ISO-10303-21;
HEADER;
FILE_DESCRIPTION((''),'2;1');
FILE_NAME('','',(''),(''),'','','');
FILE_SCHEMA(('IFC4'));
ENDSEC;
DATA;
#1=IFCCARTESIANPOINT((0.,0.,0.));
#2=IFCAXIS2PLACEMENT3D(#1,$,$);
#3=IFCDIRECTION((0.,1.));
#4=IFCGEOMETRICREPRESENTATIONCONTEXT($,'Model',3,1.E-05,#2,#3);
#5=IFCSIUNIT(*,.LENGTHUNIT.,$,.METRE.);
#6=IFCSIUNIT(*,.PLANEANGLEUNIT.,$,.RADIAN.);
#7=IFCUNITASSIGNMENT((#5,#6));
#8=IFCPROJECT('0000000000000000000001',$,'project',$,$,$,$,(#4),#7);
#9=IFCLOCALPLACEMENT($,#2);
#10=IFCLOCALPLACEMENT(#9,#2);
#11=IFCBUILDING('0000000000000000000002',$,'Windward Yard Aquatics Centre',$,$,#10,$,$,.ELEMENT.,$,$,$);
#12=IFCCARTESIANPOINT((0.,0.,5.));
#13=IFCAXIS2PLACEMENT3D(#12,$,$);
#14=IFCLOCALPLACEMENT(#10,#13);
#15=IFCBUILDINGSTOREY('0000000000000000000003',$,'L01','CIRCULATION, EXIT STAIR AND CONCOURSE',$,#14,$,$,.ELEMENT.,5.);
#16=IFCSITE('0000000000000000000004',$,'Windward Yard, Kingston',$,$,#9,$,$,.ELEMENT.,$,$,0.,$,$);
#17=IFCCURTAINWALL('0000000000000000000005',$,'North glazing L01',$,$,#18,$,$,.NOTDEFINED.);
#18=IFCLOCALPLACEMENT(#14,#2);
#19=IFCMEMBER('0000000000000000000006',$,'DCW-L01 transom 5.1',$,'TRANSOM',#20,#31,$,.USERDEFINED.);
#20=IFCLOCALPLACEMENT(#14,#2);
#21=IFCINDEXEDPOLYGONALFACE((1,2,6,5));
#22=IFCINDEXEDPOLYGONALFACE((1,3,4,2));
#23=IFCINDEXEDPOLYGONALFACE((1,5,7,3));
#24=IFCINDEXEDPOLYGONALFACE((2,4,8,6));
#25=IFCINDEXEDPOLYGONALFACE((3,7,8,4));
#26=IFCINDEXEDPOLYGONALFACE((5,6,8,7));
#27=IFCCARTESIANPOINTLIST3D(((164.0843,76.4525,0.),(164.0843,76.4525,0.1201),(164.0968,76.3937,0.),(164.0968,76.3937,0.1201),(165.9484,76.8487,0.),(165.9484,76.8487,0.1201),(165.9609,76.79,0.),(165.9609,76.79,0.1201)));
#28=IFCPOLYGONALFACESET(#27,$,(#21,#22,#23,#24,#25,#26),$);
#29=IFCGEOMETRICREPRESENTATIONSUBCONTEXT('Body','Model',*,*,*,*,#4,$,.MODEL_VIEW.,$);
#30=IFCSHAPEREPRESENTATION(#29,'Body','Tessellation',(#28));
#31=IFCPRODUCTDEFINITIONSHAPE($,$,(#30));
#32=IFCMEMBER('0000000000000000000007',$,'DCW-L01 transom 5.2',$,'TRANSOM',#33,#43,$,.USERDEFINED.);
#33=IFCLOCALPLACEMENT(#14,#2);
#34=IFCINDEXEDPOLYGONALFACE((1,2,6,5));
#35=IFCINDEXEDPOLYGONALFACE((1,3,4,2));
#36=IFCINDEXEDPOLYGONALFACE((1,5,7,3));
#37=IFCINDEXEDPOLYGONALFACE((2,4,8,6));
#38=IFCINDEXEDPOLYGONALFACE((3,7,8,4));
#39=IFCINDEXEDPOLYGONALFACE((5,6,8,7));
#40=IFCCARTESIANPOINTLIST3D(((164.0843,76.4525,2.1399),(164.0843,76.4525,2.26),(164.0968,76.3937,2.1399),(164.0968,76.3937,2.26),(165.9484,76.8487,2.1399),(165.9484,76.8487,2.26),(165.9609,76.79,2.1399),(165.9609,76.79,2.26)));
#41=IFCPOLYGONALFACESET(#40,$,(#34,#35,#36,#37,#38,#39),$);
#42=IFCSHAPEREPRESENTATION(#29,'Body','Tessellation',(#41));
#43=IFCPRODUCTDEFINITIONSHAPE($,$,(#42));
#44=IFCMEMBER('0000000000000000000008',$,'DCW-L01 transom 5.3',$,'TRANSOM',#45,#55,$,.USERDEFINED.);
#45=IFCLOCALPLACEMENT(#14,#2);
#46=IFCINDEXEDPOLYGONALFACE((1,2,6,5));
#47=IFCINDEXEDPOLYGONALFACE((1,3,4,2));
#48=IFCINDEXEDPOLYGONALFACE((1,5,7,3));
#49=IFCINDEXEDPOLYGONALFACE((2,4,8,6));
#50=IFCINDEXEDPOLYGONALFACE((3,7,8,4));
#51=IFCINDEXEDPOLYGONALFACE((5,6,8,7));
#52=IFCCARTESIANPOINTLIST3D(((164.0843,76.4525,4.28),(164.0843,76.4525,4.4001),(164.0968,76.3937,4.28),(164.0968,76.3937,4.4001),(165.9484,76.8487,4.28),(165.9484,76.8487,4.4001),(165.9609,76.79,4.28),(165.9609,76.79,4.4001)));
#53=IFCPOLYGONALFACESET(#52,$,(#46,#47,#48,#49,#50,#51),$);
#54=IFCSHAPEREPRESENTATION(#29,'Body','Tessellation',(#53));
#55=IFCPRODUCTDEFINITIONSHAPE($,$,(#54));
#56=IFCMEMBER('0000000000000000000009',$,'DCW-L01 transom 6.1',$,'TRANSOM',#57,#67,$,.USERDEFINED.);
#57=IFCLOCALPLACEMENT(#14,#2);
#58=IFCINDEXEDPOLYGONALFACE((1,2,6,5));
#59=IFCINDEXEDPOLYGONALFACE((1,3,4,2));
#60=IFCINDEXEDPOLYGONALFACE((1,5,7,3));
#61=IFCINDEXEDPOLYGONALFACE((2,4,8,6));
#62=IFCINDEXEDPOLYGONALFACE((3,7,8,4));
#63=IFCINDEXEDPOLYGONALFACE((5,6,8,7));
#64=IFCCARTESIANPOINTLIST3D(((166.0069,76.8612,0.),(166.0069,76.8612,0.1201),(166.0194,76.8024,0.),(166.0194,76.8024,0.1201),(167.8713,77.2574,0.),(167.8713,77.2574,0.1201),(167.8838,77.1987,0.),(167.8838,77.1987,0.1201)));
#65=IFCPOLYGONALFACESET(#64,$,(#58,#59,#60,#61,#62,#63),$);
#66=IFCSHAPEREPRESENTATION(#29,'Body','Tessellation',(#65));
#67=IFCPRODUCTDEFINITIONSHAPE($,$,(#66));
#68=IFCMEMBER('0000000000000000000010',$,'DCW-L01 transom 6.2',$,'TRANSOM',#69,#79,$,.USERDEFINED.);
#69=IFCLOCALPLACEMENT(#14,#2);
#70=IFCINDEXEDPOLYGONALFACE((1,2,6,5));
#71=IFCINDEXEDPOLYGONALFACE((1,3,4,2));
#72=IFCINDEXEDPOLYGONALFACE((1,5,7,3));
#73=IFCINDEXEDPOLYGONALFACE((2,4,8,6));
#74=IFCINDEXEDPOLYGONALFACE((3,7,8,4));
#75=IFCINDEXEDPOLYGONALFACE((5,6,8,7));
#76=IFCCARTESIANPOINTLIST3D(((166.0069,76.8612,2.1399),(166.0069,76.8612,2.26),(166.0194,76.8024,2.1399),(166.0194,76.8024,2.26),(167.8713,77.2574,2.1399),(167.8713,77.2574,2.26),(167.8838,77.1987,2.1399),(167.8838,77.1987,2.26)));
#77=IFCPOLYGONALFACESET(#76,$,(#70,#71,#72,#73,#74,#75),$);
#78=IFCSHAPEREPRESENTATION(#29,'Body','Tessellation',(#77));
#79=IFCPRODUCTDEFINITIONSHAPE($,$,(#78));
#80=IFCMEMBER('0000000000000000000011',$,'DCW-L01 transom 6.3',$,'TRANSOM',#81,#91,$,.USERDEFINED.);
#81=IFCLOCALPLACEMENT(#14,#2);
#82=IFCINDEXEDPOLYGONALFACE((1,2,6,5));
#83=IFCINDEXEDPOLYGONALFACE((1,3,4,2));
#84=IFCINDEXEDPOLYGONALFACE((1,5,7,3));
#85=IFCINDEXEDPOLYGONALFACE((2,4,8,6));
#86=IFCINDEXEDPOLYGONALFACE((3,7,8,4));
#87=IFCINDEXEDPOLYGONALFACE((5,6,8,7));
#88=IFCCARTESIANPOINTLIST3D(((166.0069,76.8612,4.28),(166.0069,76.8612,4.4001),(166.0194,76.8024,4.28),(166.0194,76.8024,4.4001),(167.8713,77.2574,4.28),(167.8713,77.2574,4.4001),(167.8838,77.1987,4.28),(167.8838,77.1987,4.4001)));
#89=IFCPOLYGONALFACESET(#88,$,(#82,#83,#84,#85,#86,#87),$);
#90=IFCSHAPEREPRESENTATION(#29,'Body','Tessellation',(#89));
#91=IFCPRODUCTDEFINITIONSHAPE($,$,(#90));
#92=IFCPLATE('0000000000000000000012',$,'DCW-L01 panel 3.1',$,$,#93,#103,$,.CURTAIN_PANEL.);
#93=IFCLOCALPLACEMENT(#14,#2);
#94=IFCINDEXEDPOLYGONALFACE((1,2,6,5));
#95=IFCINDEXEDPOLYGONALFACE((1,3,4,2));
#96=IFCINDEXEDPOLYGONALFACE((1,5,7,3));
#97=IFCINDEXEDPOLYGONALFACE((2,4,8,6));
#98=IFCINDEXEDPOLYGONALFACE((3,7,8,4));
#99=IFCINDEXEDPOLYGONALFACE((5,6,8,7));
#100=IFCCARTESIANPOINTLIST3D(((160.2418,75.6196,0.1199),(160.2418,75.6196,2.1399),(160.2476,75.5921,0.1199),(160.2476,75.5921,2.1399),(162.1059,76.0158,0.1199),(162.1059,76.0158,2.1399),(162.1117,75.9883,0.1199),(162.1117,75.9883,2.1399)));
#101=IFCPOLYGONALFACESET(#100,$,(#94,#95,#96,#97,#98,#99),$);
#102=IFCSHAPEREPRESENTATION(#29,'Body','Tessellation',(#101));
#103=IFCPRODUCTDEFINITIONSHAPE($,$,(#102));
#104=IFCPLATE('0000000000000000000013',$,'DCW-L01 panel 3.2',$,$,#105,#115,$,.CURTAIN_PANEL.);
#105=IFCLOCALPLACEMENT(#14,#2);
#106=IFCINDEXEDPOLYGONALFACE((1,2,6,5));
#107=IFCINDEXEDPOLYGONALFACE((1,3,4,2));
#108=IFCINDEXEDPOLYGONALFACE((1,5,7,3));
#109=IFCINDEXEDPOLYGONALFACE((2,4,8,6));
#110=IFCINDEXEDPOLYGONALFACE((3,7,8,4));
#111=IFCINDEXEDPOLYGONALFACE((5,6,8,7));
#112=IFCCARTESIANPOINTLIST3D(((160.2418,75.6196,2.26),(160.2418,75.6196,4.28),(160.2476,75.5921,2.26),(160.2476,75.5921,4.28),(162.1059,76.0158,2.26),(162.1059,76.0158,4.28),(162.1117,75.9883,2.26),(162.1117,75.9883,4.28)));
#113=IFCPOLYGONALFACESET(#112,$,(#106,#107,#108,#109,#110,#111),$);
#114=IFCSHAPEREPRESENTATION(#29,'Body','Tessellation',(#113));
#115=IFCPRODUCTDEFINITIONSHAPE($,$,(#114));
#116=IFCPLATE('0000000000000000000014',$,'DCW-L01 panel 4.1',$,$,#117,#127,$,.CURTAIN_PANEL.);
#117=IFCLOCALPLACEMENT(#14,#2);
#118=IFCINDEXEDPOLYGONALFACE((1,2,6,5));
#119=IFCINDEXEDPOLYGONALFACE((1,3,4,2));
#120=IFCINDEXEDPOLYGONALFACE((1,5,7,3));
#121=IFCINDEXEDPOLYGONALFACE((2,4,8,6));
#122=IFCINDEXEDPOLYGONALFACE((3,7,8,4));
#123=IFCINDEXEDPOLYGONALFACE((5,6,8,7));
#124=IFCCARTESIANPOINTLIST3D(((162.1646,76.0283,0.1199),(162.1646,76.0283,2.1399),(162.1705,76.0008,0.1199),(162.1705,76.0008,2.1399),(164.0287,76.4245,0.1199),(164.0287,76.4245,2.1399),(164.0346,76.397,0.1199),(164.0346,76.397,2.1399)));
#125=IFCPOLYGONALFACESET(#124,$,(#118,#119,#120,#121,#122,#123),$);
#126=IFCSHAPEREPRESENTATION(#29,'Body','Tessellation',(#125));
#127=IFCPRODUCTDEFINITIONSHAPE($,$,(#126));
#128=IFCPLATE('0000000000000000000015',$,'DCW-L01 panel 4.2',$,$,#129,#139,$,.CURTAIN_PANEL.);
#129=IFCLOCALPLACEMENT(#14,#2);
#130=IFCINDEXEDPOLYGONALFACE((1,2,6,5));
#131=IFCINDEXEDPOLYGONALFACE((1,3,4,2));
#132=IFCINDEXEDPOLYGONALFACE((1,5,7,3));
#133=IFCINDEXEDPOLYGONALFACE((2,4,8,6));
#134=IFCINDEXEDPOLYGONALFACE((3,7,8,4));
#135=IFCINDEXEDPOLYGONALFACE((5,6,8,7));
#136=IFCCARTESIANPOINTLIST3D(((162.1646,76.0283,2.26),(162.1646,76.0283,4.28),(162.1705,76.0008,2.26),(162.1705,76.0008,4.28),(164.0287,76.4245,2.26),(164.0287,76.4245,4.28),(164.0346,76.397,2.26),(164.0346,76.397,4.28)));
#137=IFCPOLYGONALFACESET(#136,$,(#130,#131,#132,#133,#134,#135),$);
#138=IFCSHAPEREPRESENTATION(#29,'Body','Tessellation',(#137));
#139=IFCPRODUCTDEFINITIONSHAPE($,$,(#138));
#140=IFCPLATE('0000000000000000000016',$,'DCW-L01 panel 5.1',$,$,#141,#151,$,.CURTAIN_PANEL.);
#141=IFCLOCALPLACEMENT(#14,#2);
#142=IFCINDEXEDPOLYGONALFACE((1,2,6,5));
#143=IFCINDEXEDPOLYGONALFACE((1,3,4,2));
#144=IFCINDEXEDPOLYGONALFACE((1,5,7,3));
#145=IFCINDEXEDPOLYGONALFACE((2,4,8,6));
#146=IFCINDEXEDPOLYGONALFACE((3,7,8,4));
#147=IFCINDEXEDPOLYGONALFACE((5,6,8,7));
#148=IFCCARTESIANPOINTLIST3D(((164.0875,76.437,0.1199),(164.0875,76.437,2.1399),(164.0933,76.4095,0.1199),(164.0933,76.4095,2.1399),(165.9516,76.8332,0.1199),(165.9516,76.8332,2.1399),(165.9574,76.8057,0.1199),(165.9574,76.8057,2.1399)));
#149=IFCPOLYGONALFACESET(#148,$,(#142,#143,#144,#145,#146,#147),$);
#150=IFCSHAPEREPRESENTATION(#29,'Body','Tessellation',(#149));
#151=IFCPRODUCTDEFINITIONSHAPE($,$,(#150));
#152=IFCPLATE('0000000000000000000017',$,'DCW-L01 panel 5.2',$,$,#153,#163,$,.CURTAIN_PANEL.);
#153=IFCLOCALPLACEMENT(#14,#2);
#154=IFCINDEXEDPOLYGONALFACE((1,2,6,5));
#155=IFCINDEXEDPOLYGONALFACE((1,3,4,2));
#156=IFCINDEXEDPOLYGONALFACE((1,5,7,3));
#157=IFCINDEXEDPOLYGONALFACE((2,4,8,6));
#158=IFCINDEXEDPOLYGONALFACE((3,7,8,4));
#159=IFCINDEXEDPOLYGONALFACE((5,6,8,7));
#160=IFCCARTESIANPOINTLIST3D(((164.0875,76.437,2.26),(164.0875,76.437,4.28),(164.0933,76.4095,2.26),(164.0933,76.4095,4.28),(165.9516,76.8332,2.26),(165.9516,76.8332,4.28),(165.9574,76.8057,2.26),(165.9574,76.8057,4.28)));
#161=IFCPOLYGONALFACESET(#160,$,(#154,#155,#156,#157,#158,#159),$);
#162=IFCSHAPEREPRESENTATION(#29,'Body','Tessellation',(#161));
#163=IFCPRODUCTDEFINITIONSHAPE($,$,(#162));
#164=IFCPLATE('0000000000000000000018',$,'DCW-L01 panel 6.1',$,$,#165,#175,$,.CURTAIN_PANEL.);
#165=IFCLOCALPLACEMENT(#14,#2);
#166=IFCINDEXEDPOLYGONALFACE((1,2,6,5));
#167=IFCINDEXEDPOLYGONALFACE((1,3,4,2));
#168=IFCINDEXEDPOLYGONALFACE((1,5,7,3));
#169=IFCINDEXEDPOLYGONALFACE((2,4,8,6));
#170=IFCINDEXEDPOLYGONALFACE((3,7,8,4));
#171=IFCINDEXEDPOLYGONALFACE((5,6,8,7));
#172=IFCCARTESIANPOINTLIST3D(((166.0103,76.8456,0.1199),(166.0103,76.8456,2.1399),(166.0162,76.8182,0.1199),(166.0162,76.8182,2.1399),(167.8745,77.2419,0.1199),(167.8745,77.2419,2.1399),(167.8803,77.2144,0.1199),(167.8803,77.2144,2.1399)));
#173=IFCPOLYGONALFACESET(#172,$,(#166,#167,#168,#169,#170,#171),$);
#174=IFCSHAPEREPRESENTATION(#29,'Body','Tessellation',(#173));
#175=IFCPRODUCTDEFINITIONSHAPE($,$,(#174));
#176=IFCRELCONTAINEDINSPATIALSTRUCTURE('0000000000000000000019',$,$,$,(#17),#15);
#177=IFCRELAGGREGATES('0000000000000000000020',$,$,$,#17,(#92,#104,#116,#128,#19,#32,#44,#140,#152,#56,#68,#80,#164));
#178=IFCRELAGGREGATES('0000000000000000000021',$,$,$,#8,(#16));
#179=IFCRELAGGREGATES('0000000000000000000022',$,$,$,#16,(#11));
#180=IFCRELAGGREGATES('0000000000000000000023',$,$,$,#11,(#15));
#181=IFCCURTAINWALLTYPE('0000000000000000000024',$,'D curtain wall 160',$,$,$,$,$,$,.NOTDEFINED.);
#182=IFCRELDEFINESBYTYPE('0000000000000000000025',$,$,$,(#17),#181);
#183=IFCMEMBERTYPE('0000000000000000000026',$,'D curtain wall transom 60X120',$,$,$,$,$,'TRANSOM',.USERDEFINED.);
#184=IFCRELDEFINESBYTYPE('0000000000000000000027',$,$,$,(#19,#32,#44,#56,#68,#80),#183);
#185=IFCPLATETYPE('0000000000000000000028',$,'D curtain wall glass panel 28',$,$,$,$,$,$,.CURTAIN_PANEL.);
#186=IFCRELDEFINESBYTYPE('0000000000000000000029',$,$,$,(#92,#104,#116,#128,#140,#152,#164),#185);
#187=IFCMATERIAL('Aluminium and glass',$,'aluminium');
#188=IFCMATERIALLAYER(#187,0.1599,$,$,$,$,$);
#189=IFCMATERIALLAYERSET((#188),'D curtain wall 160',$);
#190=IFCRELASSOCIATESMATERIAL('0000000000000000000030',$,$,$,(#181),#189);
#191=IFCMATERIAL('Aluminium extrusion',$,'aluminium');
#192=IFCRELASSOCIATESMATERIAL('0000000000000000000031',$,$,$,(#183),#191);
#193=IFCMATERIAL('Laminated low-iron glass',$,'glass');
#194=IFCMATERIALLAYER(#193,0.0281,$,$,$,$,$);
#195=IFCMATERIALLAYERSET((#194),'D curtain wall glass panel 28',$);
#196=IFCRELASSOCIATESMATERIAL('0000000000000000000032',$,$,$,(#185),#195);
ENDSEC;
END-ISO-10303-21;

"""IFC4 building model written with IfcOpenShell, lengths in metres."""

from ifc_helpers import new_model, si_unit, direction, frame, origin, origin_2d, place, context, subcontext, project, spatial, rectangle, extrude, material, layer, layer_set, material_profile, profile_set, type_object, element, aggregate, save


model = new_model("IFC4")

# Units and contexts
model_context = context("Model", 3, precision=1e-05, world=origin(), true_north=direction((0.0, 1.0)))
body_context = subcontext(model_context, "Body", "Model", "MODEL_VIEW")
ifc_project = project(units=[si_unit("LENGTHUNIT", "METRE"), si_unit("PLANEANGLEUNIT", "RADIAN")], contexts=[model_context])

# Site, building, storey
site_placement = place(None, origin())
site = spatial("IfcSite", under=ifc_project, at=site_placement, Name="Windward Yard, Kingston", CompositionType="ELEMENT", RefElevation=0.0)
building_placement = place(site_placement, origin())
building = spatial("IfcBuilding", under=site, at=building_placement, Name="Windward Yard Aquatics Centre", CompositionType="ELEMENT")
storey_placement = place(building_placement, frame((0.0, 0.0, 5.0)))
storey = spatial("IfcBuildingStorey", under=building, at=storey_placement, Name="L01", Description="CIRCULATION, EXIT STAIR AND CONCOURSE", CompositionType="ELEMENT", Elevation=5.0)

# Curtain wall, members, plates
ifc_material_1 = material(Name="Aluminium and glass", Category="aluminium")
ifc_layer_1 = layer(ifc_material_1, 0.1599)
ifc_layer_set_1 = layer_set([ifc_layer_1], Name="D curtain wall 160")
curtain_wall_type = type_object("IfcCurtainWallType", Name="D curtain wall 160", PredefinedType="NOTDEFINED", material=ifc_layer_set_1)
curtain_wall_placement = place(storey_placement, origin())
curtain_wall = element("IfcCurtainWall", 1, at=curtain_wall_placement, inside=storey, type_object=curtain_wall_type, Name="North glazing L01", PredefinedType="NOTDEFINED")
ifc_material_2 = material(Name="Aluminium extrusion", Category="aluminium")
ifc_material_profile_1 = material_profile(ifc_material_2, rectangle(XDim=0.0601, YDim=0.1201, at=origin_2d()), Name="TRANSOM 60X120")
ifc_profile_set_1 = profile_set([ifc_material_profile_1], Name="Aluminium extrusion")
member_type_1 = type_object("IfcMemberType", Name="D curtain wall transom 60X120", ElementType="TRANSOM", PredefinedType="USERDEFINED", material=ifc_profile_set_1)
member_1_placement = place(storey_placement, frame((164.0906, 76.4231, 0.0601), z_axis=(0.978144, 0.207928, 0.0), x_axis=(-0.207928, 0.978144, 0.0)))
member_1 = element("IfcMember", 2, at=member_1_placement, type_object=member_type_1, Name="DCW-L01 transom 5.1", ObjectType="TRANSOM", PredefinedType="USERDEFINED", context=body_context, shape_type="SweptSolid", body=[
    extrude(rectangle(XDim=0.0601, YDim=0.1201, at=origin_2d()), origin(), (0.0, 0.0, 1.0), 1.9058),
])
member_2_placement = place(storey_placement, frame((164.0906, 76.4231, 2.2), z_axis=(0.978144, 0.207928, 0.0), x_axis=(-0.207928, 0.978144, 0.0)))
member_2 = element("IfcMember", 3, at=member_2_placement, type_object=member_type_1, Name="DCW-L01 transom 5.2", ObjectType="TRANSOM", PredefinedType="USERDEFINED", context=body_context, shape_type="SweptSolid", body=[
    extrude(rectangle(XDim=0.0601, YDim=0.1201, at=origin_2d()), origin(), (0.0, 0.0, 1.0), 1.9058),
])
member_3_placement = place(storey_placement, frame((164.0906, 76.4231, 4.3401), z_axis=(0.978144, 0.207928, 0.0), x_axis=(-0.207928, 0.978144, 0.0)))
member_3 = element("IfcMember", 4, at=member_3_placement, type_object=member_type_1, Name="DCW-L01 transom 5.3", ObjectType="TRANSOM", PredefinedType="USERDEFINED", context=body_context, shape_type="SweptSolid", body=[
    extrude(rectangle(XDim=0.0601, YDim=0.1201, at=origin_2d()), origin(), (0.0, 0.0, 1.0), 1.9058),
])
member_4_placement = place(storey_placement, frame((166.0132, 76.8318, 0.0601), z_axis=(0.97815, 0.207902, 0.0), x_axis=(-0.207902, 0.97815, 0.0)))
member_4 = element("IfcMember", 5, at=member_4_placement, type_object=member_type_1, Name="DCW-L01 transom 6.1", ObjectType="TRANSOM", PredefinedType="USERDEFINED", context=body_context, shape_type="SweptSolid", body=[
    extrude(rectangle(XDim=0.0601, YDim=0.1201, at=origin_2d()), origin(), (0.0, 0.0, 1.0), 1.906),
])
member_5_placement = place(storey_placement, frame((166.0132, 76.8318, 2.2), z_axis=(0.97815, 0.207902, 0.0), x_axis=(-0.207902, 0.97815, 0.0)))
member_5 = element("IfcMember", 6, at=member_5_placement, type_object=member_type_1, Name="DCW-L01 transom 6.2", ObjectType="TRANSOM", PredefinedType="USERDEFINED", context=body_context, shape_type="SweptSolid", body=[
    extrude(rectangle(XDim=0.0601, YDim=0.1201, at=origin_2d()), origin(), (0.0, 0.0, 1.0), 1.906),
])
member_6_placement = place(storey_placement, frame((166.0132, 76.8318, 4.3401), z_axis=(0.97815, 0.207902, 0.0), x_axis=(-0.207902, 0.97815, 0.0)))
member_6 = element("IfcMember", 7, at=member_6_placement, type_object=member_type_1, Name="DCW-L01 transom 6.3", ObjectType="TRANSOM", PredefinedType="USERDEFINED", context=body_context, shape_type="SweptSolid", body=[
    extrude(rectangle(XDim=0.0601, YDim=0.1201, at=origin_2d()), origin(), (0.0, 0.0, 1.0), 1.906),
])
ifc_material_3 = material(Name="Laminated low-iron glass", Category="glass")
ifc_layer_2 = layer(ifc_material_3, 0.0281)
ifc_layer_set_2 = layer_set([ifc_layer_2], Name="D curtain wall glass panel 28")
plate_type = type_object("IfcPlateType", Name="D curtain wall glass panel 28", PredefinedType="CURTAIN_PANEL", material=ifc_layer_set_2)
plate_1_placement = place(storey_placement, frame((161.1768, 75.804, 0.1199), z_axis=(0.0, 0.0, 1.0), x_axis=(0.978148, 0.207912, 0.0)))
plate_1 = element("IfcPlate", 8, at=plate_1_placement, type_object=plate_type, Name="DCW-L01 panel 3.1", PredefinedType="CURTAIN_PANEL", context=body_context, shape_type="SweptSolid", body=[
    extrude(rectangle(XDim=1.9058, YDim=0.0281, at=origin_2d()), origin(), (0.0, 0.0, 1.0), 2.02),
])
plate_2_placement = place(storey_placement, frame((161.1768, 75.804, 2.26), z_axis=(0.0, 0.0, 1.0), x_axis=(0.978148, 0.207912, 0.0)))
plate_2 = element("IfcPlate", 9, at=plate_2_placement, type_object=plate_type, Name="DCW-L01 panel 3.2", PredefinedType="CURTAIN_PANEL", context=body_context, shape_type="SweptSolid", body=[
    extrude(rectangle(XDim=1.9058, YDim=0.0281, at=origin_2d()), origin(), (0.0, 0.0, 1.0), 2.02),
])
plate_3_placement = place(storey_placement, frame((163.0996, 76.2126, 0.1199), z_axis=(0.0, 0.0, 1.0), x_axis=(0.978148, 0.207912, 0.0)))
plate_3 = element("IfcPlate", 10, at=plate_3_placement, type_object=plate_type, Name="DCW-L01 panel 4.1", PredefinedType="CURTAIN_PANEL", context=body_context, shape_type="SweptSolid", body=[
    extrude(rectangle(XDim=1.9058, YDim=0.0281, at=origin_2d()), origin(), (0.0, 0.0, 1.0), 2.02),
])
plate_4_placement = place(storey_placement, frame((163.0996, 76.2126, 2.26), z_axis=(0.0, 0.0, 1.0), x_axis=(0.978148, 0.207912, 0.0)))
plate_4 = element("IfcPlate", 11, at=plate_4_placement, type_object=plate_type, Name="DCW-L01 panel 4.2", PredefinedType="CURTAIN_PANEL", context=body_context, shape_type="SweptSolid", body=[
    extrude(rectangle(XDim=1.9058, YDim=0.0281, at=origin_2d()), origin(), (0.0, 0.0, 1.0), 2.02),
])
plate_5_placement = place(storey_placement, frame((165.0225, 76.6213, 0.1199), z_axis=(0.0, 0.0, 1.0), x_axis=(0.978148, 0.207912, 0.0)))
plate_5 = element("IfcPlate", 12, at=plate_5_placement, type_object=plate_type, Name="DCW-L01 panel 5.1", PredefinedType="CURTAIN_PANEL", context=body_context, shape_type="SweptSolid", body=[
    extrude(rectangle(XDim=1.9058, YDim=0.0281, at=origin_2d()), origin(), (0.0, 0.0, 1.0), 2.02),
])
plate_6_placement = place(storey_placement, frame((165.0225, 76.6213, 2.26), z_axis=(0.0, 0.0, 1.0), x_axis=(0.978148, 0.207912, 0.0)))
plate_6 = element("IfcPlate", 13, at=plate_6_placement, type_object=plate_type, Name="DCW-L01 panel 5.2", PredefinedType="CURTAIN_PANEL", context=body_context, shape_type="SweptSolid", body=[
    extrude(rectangle(XDim=1.9058, YDim=0.0281, at=origin_2d()), origin(), (0.0, 0.0, 1.0), 2.02),
])
plate_7_placement = place(storey_placement, frame((166.9453, 77.03, 0.1199), z_axis=(0.0, 0.0, 1.0), x_axis=(0.978148, 0.207912, 0.0)))
plate_7 = element("IfcPlate", 14, at=plate_7_placement, type_object=plate_type, Name="DCW-L01 panel 6.1", PredefinedType="CURTAIN_PANEL", context=body_context, shape_type="SweptSolid", body=[
    extrude(rectangle(XDim=1.9058, YDim=0.0281, at=origin_2d()), origin(), (0.0, 0.0, 1.0), 2.02),
])
aggregate(curtain_wall, [plate_1, plate_2, plate_3, plate_4, member_1, member_2, member_3, plate_5, plate_6, member_4, member_5, member_6, plate_7])

save(model, "model.ifc")
